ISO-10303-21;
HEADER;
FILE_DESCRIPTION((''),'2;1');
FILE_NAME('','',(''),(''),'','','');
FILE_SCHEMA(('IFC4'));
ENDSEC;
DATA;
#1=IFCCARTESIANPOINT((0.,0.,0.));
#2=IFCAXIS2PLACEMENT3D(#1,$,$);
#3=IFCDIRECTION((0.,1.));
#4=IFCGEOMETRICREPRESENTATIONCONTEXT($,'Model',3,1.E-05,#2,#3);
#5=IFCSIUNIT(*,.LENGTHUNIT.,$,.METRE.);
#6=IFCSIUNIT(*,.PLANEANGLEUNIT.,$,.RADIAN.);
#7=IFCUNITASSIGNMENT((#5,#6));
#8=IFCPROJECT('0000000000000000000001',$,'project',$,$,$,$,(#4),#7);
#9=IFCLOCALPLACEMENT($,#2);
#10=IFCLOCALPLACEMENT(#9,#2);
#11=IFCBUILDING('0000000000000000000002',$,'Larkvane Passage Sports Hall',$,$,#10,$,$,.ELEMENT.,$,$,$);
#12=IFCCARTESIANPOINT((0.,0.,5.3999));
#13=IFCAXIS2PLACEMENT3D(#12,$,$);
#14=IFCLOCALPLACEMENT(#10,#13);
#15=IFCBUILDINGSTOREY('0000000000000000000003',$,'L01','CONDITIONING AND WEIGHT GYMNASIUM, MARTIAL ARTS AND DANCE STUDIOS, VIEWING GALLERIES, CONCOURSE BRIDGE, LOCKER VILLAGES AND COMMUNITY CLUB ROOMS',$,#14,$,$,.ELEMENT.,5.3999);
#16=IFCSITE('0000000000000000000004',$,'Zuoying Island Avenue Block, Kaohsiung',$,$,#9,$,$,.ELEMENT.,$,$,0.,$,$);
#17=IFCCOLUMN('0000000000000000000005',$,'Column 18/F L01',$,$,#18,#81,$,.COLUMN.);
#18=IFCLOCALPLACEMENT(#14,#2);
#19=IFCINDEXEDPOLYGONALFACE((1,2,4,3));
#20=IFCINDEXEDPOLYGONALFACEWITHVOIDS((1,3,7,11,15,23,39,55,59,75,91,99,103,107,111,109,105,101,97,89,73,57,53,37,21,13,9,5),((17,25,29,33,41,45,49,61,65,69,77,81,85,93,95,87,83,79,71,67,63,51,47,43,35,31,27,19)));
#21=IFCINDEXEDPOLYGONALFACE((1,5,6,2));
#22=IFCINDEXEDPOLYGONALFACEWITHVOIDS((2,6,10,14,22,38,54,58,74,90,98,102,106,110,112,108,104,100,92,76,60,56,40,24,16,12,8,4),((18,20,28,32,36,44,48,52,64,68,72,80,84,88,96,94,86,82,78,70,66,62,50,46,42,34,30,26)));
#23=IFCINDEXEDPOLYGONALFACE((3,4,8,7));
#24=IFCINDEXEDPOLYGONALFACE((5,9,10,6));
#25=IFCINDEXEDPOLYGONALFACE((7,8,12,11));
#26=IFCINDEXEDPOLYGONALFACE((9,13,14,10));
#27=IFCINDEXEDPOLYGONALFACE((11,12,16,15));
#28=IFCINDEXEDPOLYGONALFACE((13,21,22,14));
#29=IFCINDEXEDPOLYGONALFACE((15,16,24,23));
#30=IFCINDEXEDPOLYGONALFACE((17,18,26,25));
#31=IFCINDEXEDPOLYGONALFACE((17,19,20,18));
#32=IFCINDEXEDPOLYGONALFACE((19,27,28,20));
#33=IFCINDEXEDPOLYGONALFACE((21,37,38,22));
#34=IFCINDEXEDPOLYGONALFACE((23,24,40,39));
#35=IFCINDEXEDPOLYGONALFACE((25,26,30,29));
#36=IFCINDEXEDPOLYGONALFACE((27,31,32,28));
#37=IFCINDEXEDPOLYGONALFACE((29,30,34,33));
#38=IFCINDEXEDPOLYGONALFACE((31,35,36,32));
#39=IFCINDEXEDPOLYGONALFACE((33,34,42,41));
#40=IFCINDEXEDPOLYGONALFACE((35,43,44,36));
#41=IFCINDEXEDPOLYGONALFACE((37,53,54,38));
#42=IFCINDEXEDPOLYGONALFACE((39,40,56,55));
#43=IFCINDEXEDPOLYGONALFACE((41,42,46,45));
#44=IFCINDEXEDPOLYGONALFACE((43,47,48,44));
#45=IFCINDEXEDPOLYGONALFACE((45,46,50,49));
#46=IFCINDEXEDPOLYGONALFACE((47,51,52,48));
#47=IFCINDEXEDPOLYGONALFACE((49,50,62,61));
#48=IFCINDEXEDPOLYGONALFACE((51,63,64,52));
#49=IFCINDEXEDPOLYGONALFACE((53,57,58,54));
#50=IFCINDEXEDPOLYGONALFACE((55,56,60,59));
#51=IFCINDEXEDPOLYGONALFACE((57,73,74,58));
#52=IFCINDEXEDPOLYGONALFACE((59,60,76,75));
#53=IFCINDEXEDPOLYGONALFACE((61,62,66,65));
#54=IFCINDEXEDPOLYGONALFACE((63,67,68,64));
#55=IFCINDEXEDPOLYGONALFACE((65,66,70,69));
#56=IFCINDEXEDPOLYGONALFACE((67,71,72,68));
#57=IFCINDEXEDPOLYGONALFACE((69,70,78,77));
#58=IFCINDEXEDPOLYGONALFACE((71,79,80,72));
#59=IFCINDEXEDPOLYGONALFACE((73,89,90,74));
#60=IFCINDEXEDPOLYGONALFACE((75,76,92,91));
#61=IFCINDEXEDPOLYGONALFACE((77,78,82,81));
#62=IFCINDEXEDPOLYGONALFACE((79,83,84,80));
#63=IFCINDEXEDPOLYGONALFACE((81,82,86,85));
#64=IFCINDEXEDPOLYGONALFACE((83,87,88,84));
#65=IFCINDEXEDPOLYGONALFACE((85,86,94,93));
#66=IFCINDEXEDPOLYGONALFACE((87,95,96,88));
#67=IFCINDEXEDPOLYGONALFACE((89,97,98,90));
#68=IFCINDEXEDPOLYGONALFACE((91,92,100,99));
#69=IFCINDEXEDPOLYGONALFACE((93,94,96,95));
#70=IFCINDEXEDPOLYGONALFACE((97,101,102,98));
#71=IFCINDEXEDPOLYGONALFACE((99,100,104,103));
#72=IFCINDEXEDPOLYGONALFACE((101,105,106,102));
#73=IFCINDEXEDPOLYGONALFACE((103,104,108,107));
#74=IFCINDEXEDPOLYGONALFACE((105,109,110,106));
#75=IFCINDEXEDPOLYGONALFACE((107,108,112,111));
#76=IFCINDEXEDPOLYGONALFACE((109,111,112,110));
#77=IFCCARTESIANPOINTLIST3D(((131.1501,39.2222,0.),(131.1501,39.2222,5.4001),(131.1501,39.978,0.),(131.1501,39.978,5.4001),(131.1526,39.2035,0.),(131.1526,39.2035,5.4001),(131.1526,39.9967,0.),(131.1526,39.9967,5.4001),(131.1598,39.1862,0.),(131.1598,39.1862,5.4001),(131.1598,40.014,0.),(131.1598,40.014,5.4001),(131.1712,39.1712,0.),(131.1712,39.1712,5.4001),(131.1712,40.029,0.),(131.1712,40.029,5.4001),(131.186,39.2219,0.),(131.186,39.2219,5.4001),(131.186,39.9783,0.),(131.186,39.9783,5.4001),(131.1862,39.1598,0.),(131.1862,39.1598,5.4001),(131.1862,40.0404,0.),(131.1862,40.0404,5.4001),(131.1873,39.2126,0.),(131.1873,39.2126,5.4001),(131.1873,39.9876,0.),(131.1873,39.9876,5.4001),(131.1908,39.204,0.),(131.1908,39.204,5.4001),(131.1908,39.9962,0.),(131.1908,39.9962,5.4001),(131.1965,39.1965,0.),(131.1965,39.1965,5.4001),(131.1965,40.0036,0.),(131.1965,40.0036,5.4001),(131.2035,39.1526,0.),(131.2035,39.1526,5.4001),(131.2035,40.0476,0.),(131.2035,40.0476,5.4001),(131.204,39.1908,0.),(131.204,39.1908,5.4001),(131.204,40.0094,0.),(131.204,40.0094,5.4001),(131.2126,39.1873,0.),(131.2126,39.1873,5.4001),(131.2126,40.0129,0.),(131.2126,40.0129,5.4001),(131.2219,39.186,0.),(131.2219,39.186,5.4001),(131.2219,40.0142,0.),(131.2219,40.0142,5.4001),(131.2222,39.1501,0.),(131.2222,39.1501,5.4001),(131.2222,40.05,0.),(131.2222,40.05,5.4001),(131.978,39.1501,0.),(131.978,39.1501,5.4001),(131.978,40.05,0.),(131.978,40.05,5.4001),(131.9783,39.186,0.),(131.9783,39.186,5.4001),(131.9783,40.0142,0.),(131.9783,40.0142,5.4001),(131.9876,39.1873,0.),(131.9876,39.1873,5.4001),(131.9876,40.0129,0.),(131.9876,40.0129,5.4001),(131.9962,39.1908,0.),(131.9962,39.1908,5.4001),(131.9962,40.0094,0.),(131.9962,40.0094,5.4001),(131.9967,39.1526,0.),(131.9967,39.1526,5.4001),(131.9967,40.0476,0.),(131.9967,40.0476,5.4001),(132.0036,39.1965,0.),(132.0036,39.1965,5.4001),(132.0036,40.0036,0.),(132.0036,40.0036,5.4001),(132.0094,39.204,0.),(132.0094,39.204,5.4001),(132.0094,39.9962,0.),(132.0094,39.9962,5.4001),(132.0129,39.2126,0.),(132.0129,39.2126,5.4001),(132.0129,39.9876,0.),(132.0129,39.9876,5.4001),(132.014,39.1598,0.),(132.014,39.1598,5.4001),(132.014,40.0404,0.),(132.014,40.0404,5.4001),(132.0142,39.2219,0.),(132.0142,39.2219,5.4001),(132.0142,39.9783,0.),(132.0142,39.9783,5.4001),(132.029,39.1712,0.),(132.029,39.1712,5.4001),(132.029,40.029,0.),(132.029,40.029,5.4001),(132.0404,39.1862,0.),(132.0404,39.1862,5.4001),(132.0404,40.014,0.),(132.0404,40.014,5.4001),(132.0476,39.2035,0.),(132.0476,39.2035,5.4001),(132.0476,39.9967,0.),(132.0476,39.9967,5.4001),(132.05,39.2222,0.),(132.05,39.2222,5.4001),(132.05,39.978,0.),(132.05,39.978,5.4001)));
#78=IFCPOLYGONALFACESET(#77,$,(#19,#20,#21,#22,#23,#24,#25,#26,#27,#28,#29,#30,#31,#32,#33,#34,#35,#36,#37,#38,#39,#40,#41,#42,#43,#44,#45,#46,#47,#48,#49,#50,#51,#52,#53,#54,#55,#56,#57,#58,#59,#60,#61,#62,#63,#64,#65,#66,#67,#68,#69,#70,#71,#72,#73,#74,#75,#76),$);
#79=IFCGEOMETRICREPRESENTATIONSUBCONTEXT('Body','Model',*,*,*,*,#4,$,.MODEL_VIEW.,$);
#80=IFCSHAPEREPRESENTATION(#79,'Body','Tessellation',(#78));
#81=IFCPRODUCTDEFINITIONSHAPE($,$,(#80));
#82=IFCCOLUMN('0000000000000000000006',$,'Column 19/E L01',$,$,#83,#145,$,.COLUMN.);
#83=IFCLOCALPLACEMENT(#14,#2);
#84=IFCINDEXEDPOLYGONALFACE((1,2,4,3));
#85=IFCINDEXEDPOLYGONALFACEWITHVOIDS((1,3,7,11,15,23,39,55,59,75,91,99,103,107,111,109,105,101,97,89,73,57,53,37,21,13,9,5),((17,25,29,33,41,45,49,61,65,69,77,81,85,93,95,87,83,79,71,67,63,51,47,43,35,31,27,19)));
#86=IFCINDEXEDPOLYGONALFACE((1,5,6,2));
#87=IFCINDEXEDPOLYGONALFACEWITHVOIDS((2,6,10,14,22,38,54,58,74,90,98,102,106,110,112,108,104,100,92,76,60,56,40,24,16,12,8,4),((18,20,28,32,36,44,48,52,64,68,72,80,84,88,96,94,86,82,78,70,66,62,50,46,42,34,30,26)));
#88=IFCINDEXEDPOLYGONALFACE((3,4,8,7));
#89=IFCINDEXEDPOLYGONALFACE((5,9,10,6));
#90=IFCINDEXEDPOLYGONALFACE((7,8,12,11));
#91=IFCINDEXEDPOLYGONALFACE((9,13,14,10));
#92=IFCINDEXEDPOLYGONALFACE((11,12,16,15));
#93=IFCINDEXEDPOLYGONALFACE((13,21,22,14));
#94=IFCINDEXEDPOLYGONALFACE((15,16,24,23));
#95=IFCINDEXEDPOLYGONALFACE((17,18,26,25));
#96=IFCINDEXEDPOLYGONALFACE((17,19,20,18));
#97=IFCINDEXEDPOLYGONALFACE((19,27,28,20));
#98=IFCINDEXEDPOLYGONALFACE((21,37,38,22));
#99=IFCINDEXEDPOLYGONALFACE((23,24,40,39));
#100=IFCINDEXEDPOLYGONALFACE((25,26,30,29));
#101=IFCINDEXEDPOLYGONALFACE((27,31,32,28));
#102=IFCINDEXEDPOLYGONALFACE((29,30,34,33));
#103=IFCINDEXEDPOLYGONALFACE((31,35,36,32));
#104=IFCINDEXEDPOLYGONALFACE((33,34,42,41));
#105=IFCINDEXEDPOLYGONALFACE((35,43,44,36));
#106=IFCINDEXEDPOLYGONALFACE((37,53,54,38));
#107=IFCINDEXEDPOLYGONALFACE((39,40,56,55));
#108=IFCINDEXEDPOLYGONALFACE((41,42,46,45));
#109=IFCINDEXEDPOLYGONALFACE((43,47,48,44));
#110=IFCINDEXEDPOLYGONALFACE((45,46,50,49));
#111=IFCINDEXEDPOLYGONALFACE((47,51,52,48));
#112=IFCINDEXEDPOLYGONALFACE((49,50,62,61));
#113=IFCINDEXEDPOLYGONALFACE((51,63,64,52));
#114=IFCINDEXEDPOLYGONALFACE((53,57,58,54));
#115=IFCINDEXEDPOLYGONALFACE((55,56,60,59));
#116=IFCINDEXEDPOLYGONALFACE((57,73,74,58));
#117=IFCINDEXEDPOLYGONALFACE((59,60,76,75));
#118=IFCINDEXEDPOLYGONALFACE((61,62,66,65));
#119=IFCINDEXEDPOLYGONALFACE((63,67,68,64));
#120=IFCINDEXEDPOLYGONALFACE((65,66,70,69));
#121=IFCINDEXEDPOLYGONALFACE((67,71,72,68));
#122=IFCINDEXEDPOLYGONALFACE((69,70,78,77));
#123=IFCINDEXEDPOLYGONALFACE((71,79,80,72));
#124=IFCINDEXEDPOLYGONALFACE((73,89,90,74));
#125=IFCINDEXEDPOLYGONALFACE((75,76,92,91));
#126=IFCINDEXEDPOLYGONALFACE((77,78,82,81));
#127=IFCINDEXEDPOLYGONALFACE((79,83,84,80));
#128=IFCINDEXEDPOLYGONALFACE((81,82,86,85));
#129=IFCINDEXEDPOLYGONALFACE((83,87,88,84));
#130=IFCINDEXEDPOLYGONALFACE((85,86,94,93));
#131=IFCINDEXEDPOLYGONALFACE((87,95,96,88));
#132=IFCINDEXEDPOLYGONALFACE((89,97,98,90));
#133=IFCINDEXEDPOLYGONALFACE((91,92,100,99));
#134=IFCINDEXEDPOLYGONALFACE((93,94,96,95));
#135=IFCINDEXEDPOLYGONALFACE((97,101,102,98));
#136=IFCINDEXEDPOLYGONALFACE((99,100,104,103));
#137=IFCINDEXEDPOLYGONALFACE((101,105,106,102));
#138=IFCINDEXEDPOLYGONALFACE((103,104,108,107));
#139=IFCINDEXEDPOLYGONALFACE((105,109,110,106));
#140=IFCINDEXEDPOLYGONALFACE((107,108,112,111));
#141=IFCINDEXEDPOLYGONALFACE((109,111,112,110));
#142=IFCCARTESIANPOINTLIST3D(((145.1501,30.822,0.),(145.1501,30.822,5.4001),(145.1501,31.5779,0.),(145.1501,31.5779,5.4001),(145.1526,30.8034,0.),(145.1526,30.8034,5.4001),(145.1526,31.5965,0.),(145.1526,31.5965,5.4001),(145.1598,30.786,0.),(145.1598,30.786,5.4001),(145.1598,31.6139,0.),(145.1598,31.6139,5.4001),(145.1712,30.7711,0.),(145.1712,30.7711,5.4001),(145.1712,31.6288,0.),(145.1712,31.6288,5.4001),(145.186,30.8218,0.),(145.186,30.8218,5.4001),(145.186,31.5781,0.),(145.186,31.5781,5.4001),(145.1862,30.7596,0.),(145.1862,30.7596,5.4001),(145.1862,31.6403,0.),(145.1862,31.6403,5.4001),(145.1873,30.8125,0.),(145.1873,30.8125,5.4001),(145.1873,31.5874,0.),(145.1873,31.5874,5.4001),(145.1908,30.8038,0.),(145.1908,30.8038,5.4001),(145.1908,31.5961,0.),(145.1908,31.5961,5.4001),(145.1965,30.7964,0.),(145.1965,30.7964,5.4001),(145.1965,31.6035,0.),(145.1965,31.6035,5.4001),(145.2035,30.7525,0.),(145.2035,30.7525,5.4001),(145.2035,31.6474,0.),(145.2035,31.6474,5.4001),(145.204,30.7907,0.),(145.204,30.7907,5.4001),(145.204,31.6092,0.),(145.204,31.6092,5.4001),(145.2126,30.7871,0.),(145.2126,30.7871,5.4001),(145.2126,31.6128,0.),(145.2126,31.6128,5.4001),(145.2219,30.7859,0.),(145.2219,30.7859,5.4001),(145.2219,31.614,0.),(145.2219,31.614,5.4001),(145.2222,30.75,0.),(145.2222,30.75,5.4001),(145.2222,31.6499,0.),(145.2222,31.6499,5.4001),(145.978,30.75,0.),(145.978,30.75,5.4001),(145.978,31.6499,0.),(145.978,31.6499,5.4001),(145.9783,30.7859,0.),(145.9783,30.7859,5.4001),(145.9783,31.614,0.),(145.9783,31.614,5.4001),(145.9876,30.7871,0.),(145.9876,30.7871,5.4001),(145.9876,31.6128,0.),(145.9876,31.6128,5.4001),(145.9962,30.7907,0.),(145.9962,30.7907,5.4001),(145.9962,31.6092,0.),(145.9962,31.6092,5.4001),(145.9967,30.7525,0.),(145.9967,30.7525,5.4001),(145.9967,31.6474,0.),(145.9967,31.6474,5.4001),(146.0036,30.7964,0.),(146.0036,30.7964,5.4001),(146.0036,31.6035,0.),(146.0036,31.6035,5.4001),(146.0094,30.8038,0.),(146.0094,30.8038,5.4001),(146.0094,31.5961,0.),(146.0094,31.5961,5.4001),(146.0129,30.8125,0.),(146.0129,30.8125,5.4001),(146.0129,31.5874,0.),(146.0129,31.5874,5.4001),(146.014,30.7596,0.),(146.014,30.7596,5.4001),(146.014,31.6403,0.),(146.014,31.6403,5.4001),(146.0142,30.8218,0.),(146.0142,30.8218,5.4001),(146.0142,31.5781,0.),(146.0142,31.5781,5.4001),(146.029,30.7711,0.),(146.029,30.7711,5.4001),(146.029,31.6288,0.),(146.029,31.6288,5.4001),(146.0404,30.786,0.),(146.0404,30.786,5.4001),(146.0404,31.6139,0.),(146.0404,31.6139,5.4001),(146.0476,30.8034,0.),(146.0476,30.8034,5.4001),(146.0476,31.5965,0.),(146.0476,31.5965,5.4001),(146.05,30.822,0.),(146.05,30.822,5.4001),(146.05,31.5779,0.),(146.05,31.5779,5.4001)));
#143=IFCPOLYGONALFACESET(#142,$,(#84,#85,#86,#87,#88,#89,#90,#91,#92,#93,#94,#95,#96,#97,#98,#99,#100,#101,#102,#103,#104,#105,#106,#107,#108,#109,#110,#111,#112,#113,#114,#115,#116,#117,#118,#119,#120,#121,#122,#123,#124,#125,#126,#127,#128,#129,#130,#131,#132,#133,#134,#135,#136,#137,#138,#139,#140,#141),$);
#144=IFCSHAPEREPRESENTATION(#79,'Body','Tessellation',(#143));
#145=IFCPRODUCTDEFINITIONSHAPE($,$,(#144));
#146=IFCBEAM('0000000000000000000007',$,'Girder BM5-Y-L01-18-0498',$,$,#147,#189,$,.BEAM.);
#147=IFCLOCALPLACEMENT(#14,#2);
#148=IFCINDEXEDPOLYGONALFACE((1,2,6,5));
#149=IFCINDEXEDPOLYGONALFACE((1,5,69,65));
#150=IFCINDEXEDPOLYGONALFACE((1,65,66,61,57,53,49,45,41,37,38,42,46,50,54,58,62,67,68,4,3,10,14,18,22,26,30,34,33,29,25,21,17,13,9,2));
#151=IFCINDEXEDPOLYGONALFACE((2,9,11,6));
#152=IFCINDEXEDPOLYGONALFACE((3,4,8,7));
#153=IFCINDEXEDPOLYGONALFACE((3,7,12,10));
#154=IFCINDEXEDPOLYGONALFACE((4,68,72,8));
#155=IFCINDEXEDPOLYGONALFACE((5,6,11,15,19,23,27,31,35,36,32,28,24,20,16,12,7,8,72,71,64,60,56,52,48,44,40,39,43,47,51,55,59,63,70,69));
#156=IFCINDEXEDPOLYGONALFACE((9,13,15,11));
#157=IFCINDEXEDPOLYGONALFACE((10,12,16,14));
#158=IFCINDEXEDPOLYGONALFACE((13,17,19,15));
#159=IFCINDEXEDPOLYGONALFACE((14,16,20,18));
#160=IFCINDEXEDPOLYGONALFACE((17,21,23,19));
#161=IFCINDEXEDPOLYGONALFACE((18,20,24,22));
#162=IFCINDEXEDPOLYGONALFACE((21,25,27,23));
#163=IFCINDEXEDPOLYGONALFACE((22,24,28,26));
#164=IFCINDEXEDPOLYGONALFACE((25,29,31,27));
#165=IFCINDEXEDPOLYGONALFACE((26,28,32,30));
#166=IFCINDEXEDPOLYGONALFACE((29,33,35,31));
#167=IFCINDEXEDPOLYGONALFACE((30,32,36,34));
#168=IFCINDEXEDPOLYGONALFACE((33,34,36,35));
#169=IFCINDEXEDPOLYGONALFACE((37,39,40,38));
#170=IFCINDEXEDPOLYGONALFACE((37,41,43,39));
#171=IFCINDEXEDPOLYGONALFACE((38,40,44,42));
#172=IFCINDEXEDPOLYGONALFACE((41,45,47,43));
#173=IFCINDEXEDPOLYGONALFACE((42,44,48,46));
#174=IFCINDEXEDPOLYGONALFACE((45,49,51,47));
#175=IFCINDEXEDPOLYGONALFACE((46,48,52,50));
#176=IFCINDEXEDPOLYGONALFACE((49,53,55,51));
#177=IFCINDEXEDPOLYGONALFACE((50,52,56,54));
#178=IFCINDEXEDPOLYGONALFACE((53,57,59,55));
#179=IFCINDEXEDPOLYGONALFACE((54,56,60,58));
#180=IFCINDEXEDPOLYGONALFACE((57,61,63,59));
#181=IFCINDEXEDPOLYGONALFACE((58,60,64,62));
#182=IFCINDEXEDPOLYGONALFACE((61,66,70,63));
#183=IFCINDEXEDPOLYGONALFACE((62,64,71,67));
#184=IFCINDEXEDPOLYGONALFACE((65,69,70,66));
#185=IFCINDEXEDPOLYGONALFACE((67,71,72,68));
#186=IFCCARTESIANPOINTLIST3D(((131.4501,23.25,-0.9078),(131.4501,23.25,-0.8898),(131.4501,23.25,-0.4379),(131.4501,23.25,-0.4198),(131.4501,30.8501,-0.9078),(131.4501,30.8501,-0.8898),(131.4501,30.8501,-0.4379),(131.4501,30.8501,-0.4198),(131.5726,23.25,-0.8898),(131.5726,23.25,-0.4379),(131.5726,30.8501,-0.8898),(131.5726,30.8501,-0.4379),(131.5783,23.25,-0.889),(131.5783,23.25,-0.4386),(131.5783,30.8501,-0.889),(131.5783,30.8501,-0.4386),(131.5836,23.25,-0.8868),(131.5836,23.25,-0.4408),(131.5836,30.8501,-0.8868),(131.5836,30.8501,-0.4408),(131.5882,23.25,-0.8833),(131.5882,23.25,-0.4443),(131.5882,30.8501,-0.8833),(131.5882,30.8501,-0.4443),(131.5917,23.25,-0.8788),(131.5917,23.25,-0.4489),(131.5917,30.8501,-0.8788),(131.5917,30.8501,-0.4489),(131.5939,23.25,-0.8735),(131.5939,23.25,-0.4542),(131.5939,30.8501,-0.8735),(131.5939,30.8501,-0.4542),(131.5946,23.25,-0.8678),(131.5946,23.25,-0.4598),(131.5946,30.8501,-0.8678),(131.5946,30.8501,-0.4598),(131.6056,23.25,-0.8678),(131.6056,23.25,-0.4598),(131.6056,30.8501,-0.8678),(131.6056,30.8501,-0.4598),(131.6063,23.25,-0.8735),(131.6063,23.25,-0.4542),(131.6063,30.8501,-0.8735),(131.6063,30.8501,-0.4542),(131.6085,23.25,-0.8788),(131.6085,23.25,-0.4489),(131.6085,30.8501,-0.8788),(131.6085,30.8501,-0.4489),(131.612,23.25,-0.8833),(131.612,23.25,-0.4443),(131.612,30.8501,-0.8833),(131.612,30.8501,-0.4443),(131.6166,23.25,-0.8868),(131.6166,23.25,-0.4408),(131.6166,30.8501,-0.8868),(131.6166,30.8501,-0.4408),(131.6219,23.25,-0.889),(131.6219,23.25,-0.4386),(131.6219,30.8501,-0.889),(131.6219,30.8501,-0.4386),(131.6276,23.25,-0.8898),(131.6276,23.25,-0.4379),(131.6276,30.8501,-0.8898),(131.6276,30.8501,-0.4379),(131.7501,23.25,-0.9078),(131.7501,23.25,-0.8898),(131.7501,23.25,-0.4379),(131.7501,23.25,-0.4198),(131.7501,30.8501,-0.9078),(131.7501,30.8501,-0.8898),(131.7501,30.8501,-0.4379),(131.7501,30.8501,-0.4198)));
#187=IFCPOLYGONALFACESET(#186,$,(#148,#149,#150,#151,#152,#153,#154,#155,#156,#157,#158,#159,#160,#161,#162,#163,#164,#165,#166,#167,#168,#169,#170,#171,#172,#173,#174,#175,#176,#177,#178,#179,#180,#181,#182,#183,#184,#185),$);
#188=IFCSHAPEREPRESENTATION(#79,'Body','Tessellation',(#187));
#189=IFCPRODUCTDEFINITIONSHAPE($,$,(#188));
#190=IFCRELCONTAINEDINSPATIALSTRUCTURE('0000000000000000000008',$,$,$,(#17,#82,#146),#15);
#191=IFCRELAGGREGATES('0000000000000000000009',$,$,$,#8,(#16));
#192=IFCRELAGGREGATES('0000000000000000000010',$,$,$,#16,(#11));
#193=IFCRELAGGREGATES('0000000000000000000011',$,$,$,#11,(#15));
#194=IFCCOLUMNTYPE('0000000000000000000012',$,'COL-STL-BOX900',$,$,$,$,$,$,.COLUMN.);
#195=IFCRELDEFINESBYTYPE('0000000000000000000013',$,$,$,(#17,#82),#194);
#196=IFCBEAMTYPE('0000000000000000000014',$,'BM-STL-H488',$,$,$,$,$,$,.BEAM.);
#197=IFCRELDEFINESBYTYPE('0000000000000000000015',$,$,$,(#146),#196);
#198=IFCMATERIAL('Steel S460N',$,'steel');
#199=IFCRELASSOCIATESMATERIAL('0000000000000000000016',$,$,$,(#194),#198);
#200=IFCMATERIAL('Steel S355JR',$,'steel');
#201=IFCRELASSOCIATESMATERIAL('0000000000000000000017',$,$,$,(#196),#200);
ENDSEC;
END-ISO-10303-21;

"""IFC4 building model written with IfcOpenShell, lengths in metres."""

from ifc_helpers import new_model, si_unit, direction, frame, origin, origin_2d, place, context, subcontext, project, spatial, hollow_rectangle, i_section, extrude, material, material_profile, profile_set, type_object, element, save


model = new_model("IFC4")

# Units and contexts
model_context = context("Model", 3, precision=1e-05, world=origin(), true_north=direction((0.0, 1.0)))
body_context = subcontext(model_context, "Body", "Model", "MODEL_VIEW")
ifc_project = project(units=[si_unit("LENGTHUNIT", "METRE"), si_unit("PLANEANGLEUNIT", "RADIAN")], contexts=[model_context])

# Site, building, storey
site_placement = place(None, origin())
site = spatial("IfcSite", under=ifc_project, at=site_placement, Name="Zuoying Island Avenue Block, Kaohsiung", CompositionType="ELEMENT", RefElevation=0.0)
building_placement = place(site_placement, origin())
building = spatial("IfcBuilding", under=site, at=building_placement, Name="Larkvane Passage Sports Hall", CompositionType="ELEMENT")
storey_placement = place(building_placement, frame((0.0, 0.0, 5.3999)))
storey = spatial("IfcBuildingStorey", under=building, at=storey_placement, Name="L01", Description="CONDITIONING AND WEIGHT GYMNASIUM, MARTIAL ARTS AND DANCE STUDIOS, VIEWING GALLERIES, CONCOURSE BRIDGE, LOCKER VILLAGES AND COMMUNITY CLUB ROOMS", CompositionType="ELEMENT", Elevation=5.3999)

# Columns
ifc_material_1 = material(Name="Steel S460N", Category="steel")
ifc_material_profile_1 = material_profile(ifc_material_1, hollow_rectangle(XDim=0.8999, YDim=0.8999, WallThickness=0.0359, InnerFilletRadius=0.0359, OuterFilletRadius=0.072, at=origin_2d()), Name="BOX-900x900x36")
ifc_profile_set_1 = profile_set([ifc_material_profile_1], Name="Steel S460N")
column_type_1 = type_object("IfcColumnType", Name="COL-STL-BOX900", PredefinedType="COLUMN", material=ifc_profile_set_1)
for number, where, z_axis, x_axis, name in (
    (1, (131.6001, 39.6001, 0.0), (0.0, 0.0, 1.0), (1.0, 0.0, 0.0), "Column 18/F L01"),
    (2, (145.6001, 31.2, 0.0), (0.0, 0.0, 1.0), (1.0, 0.0, 0.0), "Column 19/E L01"),
):
    element("IfcColumn", number, at=place(storey_placement, frame(where, z_axis=z_axis, x_axis=x_axis)), inside=storey, type_object=column_type_1, Name=name, PredefinedType="COLUMN", context=body_context, shape_type="SweptSolid", body=[
        extrude(hollow_rectangle(XDim=0.8999, YDim=0.8999, WallThickness=0.0359, InnerFilletRadius=0.0359, OuterFilletRadius=0.072, at=origin_2d()), origin(), (0.0, 0.0, 1.0), 5.4001),
    ])

# Beam
ifc_material_2 = material(Name="Steel S355JR", Category="steel")
ifc_material_profile_2 = material_profile(ifc_material_2, i_section(OverallWidth=0.3, OverallDepth=0.488, WebThickness=0.011, FlangeThickness=0.0181, FilletRadius=0.022, at=origin_2d()), Name="H-488x300x11x18")
ifc_profile_set_2 = profile_set([ifc_material_profile_2], Name="Steel S355JR")
beam_type_1 = type_object("IfcBeamType", Name="BM-STL-H488", PredefinedType="BEAM", material=ifc_profile_set_2)
beam_1_placement = place(storey_placement, frame((131.6001, 23.25, -0.6638), z_axis=(0.0, 1.0, 0.0), x_axis=(-1.0, 0.0, 0.0)))
element("IfcBeam", 3, at=beam_1_placement, inside=storey, type_object=beam_type_1, Name="Girder BM5-Y-L01-18-0498", PredefinedType="BEAM", context=body_context, shape_type="SweptSolid", body=[
    extrude(i_section(OverallWidth=0.3, OverallDepth=0.488, WebThickness=0.011, FlangeThickness=0.0181, FilletRadius=0.022, at=origin_2d()), origin(), (0.0, 0.0, 1.0), 7.6001),
])

save(model, "model.ifc")
